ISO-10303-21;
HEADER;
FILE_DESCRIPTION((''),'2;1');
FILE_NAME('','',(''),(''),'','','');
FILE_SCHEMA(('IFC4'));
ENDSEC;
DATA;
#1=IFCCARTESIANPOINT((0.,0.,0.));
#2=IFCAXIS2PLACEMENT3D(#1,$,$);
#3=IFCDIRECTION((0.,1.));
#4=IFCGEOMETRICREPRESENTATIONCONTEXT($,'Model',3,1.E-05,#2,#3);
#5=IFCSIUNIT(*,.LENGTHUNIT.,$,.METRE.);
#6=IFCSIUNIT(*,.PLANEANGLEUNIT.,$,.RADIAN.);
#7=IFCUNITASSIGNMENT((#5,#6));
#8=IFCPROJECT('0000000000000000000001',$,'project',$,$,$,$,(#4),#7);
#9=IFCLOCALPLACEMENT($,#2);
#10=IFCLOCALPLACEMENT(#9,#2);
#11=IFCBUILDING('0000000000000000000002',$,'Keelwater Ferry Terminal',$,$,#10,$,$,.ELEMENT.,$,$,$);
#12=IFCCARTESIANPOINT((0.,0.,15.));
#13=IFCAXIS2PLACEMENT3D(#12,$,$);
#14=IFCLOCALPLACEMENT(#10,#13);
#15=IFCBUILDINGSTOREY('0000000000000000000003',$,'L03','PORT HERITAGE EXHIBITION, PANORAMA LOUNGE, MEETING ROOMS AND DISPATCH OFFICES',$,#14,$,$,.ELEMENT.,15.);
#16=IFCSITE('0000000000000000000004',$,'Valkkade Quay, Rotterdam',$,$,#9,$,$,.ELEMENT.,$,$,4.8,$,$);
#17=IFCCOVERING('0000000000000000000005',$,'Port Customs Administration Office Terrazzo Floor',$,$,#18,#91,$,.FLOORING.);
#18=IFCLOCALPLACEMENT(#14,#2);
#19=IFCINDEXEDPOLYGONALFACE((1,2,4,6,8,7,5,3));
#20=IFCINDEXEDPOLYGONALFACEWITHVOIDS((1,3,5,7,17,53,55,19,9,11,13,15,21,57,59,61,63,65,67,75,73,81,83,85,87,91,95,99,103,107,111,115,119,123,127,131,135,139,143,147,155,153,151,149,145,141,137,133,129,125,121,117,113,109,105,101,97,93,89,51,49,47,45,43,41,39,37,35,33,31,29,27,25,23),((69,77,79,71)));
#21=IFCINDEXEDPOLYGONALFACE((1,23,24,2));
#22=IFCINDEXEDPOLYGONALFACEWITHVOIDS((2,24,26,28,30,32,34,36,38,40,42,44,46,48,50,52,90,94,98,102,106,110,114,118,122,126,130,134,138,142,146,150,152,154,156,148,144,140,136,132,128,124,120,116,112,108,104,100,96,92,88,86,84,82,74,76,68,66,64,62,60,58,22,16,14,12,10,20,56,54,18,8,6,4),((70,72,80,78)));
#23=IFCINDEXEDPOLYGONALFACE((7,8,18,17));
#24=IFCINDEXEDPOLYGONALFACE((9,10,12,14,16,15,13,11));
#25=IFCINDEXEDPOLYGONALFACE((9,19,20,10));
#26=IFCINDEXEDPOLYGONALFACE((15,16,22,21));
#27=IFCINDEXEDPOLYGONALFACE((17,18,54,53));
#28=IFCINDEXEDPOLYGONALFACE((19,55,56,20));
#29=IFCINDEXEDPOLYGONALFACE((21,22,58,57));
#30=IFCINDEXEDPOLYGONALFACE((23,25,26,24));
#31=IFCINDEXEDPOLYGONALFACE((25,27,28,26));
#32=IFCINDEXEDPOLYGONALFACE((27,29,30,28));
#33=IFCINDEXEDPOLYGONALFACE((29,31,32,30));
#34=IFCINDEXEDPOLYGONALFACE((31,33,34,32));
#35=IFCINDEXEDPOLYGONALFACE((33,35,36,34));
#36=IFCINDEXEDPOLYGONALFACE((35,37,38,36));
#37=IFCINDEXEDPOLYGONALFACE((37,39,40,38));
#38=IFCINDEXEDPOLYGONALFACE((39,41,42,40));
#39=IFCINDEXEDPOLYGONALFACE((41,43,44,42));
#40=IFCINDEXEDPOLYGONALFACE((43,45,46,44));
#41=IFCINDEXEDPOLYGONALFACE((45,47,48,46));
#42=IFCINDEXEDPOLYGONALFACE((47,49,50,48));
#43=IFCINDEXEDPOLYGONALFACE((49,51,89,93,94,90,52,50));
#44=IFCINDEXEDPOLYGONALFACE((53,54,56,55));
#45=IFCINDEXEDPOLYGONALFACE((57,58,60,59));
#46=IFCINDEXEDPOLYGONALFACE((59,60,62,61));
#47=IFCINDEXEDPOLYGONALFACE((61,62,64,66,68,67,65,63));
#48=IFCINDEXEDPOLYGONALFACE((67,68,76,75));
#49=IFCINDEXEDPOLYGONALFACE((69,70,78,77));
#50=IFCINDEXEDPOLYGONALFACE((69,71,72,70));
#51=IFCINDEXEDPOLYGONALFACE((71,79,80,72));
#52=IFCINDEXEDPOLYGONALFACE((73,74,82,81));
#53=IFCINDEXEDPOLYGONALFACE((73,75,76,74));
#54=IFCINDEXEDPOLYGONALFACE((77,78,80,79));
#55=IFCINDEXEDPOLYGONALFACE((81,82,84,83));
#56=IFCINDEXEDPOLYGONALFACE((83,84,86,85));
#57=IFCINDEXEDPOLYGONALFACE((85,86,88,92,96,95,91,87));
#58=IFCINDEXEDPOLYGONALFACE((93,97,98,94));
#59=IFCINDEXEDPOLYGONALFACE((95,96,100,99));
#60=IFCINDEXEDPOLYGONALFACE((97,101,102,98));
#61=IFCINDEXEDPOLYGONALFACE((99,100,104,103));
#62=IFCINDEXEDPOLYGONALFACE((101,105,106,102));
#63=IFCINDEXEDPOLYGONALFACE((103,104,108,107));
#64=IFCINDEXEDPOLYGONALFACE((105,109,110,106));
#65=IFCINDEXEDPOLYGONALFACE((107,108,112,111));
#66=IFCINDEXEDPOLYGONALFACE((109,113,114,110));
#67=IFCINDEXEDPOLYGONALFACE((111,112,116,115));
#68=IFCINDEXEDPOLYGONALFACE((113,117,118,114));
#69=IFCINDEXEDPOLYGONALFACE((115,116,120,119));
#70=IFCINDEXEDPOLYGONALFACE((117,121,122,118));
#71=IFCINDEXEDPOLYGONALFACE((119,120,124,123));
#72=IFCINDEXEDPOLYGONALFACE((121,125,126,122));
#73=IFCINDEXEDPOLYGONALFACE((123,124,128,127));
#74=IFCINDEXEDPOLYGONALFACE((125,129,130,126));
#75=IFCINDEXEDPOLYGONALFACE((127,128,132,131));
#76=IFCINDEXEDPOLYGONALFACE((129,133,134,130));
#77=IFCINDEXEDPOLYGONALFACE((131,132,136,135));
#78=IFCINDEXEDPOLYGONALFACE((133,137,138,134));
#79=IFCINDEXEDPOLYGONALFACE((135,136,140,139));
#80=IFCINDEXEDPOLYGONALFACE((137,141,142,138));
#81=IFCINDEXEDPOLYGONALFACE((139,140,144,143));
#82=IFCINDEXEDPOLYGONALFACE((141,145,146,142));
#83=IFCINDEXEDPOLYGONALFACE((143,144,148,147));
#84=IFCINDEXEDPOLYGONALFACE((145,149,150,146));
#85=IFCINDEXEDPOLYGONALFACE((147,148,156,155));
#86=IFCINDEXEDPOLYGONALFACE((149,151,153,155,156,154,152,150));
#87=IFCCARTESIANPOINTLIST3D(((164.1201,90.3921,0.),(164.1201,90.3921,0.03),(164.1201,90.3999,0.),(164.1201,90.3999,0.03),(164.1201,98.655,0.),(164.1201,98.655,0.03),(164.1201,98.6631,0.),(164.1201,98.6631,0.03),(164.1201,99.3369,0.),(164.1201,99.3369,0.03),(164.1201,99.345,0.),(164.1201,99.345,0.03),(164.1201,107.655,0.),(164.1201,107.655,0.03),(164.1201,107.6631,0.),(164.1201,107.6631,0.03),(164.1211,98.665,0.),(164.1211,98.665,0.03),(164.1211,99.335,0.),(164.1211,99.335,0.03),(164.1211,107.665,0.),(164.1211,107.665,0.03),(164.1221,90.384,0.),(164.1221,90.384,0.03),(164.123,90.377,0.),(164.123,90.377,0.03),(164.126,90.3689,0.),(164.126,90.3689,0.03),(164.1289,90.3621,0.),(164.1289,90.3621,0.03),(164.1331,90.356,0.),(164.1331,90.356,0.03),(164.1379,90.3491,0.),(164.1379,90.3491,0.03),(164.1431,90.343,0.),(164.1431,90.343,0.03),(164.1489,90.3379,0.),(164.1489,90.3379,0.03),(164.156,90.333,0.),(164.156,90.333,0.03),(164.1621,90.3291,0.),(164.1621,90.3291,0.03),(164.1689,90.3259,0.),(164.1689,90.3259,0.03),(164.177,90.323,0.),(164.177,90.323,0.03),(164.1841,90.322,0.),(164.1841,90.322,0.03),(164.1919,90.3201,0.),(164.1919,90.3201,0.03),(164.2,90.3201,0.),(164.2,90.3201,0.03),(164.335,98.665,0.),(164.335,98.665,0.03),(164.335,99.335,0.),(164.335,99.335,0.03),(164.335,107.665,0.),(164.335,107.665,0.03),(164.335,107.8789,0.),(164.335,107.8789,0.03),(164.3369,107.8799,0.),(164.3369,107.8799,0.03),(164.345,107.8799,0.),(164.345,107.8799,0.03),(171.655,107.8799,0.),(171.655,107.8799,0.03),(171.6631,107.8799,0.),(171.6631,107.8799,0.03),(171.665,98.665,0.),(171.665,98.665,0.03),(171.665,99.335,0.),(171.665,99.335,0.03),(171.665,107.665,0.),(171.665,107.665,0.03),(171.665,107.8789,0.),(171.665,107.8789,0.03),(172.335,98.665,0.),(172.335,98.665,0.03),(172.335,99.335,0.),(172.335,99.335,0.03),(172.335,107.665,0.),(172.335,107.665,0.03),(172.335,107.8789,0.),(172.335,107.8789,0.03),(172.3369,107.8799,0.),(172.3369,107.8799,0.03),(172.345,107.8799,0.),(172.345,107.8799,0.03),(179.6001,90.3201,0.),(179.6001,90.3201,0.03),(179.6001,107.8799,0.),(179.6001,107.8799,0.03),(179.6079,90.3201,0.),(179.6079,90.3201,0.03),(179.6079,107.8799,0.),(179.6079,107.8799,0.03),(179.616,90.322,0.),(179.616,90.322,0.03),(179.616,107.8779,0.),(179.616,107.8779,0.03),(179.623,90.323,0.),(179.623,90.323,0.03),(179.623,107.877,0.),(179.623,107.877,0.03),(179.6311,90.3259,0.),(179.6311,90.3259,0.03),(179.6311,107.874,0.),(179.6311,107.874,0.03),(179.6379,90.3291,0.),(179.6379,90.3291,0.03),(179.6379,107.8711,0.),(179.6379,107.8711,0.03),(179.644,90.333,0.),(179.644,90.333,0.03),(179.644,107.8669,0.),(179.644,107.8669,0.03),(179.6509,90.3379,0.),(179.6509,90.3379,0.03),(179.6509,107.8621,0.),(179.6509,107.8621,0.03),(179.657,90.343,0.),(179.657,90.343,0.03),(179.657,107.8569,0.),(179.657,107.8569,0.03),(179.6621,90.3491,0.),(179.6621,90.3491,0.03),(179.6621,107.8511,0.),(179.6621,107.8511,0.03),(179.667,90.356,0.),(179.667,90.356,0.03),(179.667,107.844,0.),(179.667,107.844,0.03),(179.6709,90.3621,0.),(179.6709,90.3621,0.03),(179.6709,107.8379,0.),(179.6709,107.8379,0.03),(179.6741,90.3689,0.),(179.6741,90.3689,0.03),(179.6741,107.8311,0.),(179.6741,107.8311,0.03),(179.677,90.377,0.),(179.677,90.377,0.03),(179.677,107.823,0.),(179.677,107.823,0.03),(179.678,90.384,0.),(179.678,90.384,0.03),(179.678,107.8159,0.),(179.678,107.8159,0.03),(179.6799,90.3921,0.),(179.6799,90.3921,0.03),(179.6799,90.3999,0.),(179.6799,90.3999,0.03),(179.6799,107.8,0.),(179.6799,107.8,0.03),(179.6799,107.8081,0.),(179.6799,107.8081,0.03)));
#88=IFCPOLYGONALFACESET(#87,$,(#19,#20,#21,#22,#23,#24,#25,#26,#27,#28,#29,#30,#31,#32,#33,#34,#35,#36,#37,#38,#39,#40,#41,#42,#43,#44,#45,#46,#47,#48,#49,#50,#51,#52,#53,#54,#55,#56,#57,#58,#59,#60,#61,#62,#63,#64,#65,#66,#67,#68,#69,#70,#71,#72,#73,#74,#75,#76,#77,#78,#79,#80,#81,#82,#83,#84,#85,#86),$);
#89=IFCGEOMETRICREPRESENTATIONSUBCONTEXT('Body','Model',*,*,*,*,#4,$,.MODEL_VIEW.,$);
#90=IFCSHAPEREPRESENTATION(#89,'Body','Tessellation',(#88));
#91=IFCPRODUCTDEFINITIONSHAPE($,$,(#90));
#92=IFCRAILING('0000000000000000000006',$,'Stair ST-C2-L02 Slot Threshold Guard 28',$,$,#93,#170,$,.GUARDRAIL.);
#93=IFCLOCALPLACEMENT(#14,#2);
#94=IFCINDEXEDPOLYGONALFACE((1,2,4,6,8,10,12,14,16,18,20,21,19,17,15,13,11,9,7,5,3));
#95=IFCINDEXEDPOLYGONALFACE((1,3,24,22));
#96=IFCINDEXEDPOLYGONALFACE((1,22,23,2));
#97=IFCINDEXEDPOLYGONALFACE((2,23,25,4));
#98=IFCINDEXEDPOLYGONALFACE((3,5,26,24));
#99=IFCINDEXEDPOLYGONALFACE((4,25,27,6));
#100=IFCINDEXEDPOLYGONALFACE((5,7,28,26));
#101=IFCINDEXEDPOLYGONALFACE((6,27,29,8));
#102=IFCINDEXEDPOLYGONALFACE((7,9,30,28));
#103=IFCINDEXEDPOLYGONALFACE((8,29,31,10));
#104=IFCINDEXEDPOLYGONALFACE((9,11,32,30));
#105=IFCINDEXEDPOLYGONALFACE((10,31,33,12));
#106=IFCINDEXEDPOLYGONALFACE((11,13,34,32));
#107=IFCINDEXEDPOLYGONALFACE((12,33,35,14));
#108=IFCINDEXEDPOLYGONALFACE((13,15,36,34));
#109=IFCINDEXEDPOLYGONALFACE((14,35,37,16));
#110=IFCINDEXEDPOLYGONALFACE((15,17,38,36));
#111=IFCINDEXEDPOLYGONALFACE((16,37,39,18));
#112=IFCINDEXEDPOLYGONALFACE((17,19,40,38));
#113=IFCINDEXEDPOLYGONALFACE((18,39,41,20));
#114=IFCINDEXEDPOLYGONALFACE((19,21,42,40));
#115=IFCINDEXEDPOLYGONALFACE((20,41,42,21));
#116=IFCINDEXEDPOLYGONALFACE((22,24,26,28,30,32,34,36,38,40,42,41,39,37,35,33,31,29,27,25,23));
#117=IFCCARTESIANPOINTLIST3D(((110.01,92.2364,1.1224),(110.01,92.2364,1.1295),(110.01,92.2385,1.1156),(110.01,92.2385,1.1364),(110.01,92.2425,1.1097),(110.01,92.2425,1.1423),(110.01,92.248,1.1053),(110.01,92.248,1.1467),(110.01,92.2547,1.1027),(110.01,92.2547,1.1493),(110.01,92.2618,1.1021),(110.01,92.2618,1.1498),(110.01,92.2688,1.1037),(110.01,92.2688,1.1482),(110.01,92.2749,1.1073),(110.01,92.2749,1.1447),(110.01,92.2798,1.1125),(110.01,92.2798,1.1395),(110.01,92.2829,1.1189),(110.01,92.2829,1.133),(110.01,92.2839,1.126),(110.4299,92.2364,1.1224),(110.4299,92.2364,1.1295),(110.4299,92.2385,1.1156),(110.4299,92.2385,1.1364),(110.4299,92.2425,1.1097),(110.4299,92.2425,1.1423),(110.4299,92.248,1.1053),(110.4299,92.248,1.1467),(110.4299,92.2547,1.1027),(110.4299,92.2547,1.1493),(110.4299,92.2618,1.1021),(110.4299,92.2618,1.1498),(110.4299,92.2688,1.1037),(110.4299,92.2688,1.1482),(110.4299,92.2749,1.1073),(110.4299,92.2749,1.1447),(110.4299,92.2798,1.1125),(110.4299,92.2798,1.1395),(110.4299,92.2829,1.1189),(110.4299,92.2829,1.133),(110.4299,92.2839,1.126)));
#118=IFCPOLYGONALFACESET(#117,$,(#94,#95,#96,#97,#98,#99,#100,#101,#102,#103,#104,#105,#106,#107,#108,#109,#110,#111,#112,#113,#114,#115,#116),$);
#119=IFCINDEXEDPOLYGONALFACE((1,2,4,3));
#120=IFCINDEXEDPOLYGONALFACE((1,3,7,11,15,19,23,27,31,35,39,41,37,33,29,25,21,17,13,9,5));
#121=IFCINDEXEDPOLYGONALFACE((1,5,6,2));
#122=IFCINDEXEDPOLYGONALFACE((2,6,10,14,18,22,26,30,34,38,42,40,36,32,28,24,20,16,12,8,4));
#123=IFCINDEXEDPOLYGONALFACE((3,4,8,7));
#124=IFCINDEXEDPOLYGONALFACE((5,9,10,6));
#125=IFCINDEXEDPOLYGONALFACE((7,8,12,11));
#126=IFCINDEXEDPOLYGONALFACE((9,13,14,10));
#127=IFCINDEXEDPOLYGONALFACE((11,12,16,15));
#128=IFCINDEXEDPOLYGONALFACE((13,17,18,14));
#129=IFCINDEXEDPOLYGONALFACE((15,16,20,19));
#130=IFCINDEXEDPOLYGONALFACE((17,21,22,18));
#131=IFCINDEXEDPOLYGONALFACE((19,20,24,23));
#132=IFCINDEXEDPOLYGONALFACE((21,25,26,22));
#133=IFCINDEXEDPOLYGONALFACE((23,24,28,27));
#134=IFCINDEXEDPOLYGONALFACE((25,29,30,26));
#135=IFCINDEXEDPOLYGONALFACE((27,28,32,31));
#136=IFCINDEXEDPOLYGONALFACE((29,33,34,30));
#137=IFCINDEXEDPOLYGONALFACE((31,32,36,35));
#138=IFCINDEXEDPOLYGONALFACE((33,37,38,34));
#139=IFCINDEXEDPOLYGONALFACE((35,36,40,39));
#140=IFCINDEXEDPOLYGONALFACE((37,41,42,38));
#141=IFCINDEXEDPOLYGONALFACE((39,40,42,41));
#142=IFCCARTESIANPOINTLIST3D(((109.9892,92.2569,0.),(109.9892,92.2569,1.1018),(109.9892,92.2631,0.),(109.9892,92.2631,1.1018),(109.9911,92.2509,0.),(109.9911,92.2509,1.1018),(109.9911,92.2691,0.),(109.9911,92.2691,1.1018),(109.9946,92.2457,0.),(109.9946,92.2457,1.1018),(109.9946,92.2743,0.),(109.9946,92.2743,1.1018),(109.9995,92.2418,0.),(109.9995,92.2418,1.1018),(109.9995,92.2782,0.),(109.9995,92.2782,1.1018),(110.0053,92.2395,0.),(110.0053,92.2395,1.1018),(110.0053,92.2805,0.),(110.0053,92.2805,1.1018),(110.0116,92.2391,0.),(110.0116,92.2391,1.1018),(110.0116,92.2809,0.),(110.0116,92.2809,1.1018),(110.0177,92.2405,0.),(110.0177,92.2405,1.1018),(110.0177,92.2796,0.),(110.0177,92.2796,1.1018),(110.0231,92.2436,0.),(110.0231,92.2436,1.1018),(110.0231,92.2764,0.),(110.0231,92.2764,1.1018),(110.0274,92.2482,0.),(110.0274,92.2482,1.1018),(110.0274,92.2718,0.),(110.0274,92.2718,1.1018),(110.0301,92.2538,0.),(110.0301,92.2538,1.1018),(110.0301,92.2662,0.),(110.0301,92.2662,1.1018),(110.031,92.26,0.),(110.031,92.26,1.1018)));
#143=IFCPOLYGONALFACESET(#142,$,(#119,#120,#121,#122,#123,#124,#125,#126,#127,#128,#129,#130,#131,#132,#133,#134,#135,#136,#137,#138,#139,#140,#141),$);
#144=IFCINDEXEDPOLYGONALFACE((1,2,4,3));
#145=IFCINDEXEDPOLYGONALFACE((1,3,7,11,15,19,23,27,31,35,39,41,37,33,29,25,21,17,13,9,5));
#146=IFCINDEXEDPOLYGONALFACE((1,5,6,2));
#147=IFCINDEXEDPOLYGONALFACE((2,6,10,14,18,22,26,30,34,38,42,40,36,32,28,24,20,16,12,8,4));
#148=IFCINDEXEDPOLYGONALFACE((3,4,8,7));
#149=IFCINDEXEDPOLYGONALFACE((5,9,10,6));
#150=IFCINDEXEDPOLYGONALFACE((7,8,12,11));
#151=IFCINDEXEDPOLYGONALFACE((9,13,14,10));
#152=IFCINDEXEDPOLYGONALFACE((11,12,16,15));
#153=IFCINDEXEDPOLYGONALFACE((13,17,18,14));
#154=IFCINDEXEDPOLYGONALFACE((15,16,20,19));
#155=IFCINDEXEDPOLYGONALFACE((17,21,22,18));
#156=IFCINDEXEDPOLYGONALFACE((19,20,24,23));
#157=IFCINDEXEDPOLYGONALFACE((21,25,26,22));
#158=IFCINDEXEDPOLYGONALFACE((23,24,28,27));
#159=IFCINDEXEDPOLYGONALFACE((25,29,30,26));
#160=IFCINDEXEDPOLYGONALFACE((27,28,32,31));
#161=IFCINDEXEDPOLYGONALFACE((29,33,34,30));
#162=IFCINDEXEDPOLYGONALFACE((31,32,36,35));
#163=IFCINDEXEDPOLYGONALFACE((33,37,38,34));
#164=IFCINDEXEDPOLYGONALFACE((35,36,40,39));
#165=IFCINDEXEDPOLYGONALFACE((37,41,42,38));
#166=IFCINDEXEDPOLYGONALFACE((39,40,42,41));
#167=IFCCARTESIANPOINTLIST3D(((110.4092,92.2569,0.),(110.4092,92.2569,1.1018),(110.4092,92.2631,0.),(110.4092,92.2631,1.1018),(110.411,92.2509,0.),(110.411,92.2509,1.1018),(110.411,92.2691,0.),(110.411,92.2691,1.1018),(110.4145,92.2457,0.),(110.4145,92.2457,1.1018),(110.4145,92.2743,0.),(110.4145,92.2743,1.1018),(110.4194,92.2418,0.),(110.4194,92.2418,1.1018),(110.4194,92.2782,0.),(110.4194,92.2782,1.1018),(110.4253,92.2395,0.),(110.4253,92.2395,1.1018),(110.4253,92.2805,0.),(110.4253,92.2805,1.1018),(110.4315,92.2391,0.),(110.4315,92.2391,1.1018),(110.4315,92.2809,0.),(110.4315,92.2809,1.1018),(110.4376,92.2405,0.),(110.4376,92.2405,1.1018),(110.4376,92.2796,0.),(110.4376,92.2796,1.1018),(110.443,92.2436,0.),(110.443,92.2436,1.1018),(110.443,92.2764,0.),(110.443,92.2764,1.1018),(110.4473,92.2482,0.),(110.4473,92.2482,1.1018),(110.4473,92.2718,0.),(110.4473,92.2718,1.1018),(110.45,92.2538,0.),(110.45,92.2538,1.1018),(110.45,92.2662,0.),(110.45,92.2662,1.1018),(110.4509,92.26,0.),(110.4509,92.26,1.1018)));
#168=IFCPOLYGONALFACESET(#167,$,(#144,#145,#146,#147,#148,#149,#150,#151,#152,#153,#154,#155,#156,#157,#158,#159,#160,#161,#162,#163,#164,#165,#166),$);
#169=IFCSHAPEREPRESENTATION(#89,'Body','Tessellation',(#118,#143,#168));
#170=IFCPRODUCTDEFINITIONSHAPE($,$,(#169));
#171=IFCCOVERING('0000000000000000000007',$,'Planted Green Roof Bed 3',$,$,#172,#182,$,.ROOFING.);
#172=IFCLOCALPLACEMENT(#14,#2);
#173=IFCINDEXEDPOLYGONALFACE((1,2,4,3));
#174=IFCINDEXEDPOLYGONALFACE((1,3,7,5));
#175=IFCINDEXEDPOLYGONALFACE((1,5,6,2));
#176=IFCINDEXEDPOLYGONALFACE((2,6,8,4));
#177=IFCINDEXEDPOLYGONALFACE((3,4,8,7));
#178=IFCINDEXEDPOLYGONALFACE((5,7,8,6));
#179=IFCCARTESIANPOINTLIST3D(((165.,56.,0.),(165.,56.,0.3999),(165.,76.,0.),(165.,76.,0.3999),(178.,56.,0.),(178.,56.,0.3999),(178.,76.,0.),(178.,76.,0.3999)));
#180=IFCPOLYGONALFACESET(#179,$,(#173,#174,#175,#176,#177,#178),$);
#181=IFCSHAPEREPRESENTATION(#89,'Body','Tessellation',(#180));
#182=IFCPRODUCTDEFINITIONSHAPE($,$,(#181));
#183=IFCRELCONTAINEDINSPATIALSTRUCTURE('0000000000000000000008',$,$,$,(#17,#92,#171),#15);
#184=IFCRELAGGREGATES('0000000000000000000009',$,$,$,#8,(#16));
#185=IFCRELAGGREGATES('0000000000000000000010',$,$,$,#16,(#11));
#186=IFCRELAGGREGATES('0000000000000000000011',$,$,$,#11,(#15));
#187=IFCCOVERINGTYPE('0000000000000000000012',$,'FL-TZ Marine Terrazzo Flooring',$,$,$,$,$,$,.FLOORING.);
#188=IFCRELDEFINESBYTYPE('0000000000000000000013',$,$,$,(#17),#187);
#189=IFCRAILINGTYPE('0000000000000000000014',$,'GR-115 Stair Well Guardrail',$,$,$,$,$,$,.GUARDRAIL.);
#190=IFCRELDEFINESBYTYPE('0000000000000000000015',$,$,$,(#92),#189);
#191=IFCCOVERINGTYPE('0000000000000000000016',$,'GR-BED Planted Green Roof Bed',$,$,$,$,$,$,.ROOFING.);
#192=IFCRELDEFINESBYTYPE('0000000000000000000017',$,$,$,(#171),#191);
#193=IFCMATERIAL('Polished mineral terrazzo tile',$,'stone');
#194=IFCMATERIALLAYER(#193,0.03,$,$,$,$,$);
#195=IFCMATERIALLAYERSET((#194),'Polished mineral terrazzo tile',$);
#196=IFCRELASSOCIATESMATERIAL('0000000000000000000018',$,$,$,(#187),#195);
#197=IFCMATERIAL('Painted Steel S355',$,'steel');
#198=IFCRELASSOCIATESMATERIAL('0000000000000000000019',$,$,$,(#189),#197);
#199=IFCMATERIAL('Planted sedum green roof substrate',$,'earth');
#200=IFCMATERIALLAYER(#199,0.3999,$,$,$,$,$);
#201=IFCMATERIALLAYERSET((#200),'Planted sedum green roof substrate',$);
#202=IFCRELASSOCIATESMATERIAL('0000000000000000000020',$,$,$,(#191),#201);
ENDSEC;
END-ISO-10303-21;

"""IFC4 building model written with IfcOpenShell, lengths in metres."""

from ifc_helpers import new_model, si_unit, direction, frame, origin, origin_2d, place, context, subcontext, project, spatial, polyline, circle, outline, extrude, material, layer, layer_set, type_object, element, save


model = new_model("IFC4")

# Units and contexts
model_context = context("Model", 3, precision=1e-05, world=origin(), true_north=direction((0.0, 1.0)))
body_context = subcontext(model_context, "Body", "Model", "MODEL_VIEW")
ifc_project = project(units=[si_unit("LENGTHUNIT", "METRE"), si_unit("PLANEANGLEUNIT", "RADIAN")], contexts=[model_context])

# Site, building, storey
site_placement = place(None, origin())
site = spatial("IfcSite", under=ifc_project, at=site_placement, Name="Valkkade Quay, Rotterdam", CompositionType="ELEMENT", RefElevation=4.8)
building_placement = place(site_placement, origin())
building = spatial("IfcBuilding", under=site, at=building_placement, Name="Keelwater Ferry Terminal", CompositionType="ELEMENT")
storey_placement = place(building_placement, frame((0.0, 0.0, 15.0)))
storey = spatial("IfcBuildingStorey", under=building, at=storey_placement, Name="L03", Description="PORT HERITAGE EXHIBITION, PANORAMA LOUNGE, MEETING ROOMS AND DISPATCH OFFICES", CompositionType="ELEMENT", Elevation=15.0)

# Covering
ifc_material_1 = material(Name="Polished mineral terrazzo tile", Category="stone")
ifc_layer_1 = layer(ifc_material_1, 0.03)
ifc_layer_set_1 = layer_set([ifc_layer_1], Name="Polished mineral terrazzo tile")
covering_type_1 = type_object("IfcCoveringType", Name="FL-TZ Marine Terrazzo Flooring", PredefinedType="FLOORING", material=ifc_layer_set_1)
covering_1_placement = place(storey_placement, origin())
element("IfcCovering", 1, at=covering_1_placement, inside=storey, type_object=covering_type_1, Name="Port Customs Administration Office Terrazzo Floor", PredefinedType="FLOORING", context=body_context, shape_type="SweptSolid", body=[
    extrude(outline(polyline([(171.665, 107.8789), (171.665, 107.665), (172.335, 107.665), (172.335, 107.8789), (172.3369, 107.8799), (172.345, 107.8799), (179.6001, 107.8799), (179.6079, 107.8799), (179.616, 107.8779), (179.623, 107.877), (179.6311, 107.874), (179.6379, 107.8711), (179.644, 107.8669), (179.6509, 107.8621), (179.657, 107.8569), (179.6621, 107.8511), (179.667, 107.844), (179.6709, 107.8379), (179.6741, 107.8311), (179.677, 107.823), (179.678, 107.8159), (179.6799, 107.8081), (179.6799, 107.8), (179.6799, 90.3999), (179.6799, 90.3921), (179.678, 90.384), (179.677, 90.377), (179.6741, 90.3689), (179.6709, 90.3621), (179.667, 90.356), (179.6621, 90.3491), (179.657, 90.343), (179.6509, 90.3379), (179.644, 90.333), (179.6379, 90.3291), (179.6311, 90.3259), (179.623, 90.323), (179.616, 90.322), (179.6079, 90.3201), (179.6001, 90.3201), (164.2, 90.3201), (164.1919, 90.3201), (164.1841, 90.322), (164.177, 90.323), (164.1689, 90.3259), (164.1621, 90.3291), (164.156, 90.333), (164.1489, 90.3379), (164.1431, 90.343), (164.1379, 90.3491), (164.1331, 90.356), (164.1289, 90.3621), (164.126, 90.3689), (164.123, 90.377), (164.1221, 90.384), (164.1201, 90.3921), (164.1201, 90.3999), (164.1201, 98.655), (164.1201, 98.6631), (164.1211, 98.665), (164.335, 98.665), (164.335, 99.335), (164.1211, 99.335), (164.1201, 99.3369), (164.1201, 99.345), (164.1201, 107.655), (164.1201, 107.6631), (164.1211, 107.665), (164.335, 107.665), (164.335, 107.8789), (164.3369, 107.8799), (164.345, 107.8799), (171.655, 107.8799), (171.6631, 107.8799), (171.665, 107.8789)]), holes=[polyline([(171.665, 98.665), (172.335, 98.665), (172.335, 99.335), (171.665, 99.335), (171.665, 98.665)])]), origin(), (0.0, 0.0, 1.0), 0.03),
])

# Railing
ifc_material_2 = material(Name="Painted Steel S355", Category="steel")
railing_type_1 = type_object("IfcRailingType", Name="GR-115 Stair Well Guardrail", PredefinedType="GUARDRAIL", material=ifc_material_2)
railing_1_placement = place(storey_placement, frame((110.01, 92.26, 0.0)))
element("IfcRailing", 2, at=railing_1_placement, inside=storey, type_object=railing_type_1, Name="Stair ST-C2-L02 Slot Threshold Guard 28", PredefinedType="GUARDRAIL", context=body_context, shape_type="SweptSolid", body=[
    extrude(circle(Radius=0.0239, at=origin_2d()), frame((0.0, 0.0, 1.126), z_axis=(1.0, 0.0, 0.0), x_axis=(0.0, 1.0, 0.0)), (0.0, 0.0, 1.0), 0.4199),
    extrude(circle(Radius=0.021, at=origin_2d()), origin(), (0.0, 0.0, 1.0), 1.1018),
    extrude(circle(Radius=0.021, at=origin_2d()), frame((0.4199, 0.0, 0.0)), (0.0, 0.0, 1.0), 1.1018),
])

# Covering
ifc_material_3 = material(Name="Planted sedum green roof substrate", Category="earth")
ifc_layer_2 = layer(ifc_material_3, 0.3999)
ifc_layer_set_2 = layer_set([ifc_layer_2], Name="Planted sedum green roof substrate")
covering_type_2 = type_object("IfcCoveringType", Name="GR-BED Planted Green Roof Bed", PredefinedType="ROOFING", material=ifc_layer_set_2)
covering_2_placement = place(storey_placement, origin())
element("IfcCovering", 3, at=covering_2_placement, inside=storey, type_object=covering_type_2, Name="Planted Green Roof Bed 3", PredefinedType="ROOFING", context=body_context, shape_type="SweptSolid", body=[
    extrude(outline(polyline([(165.0, 56.0), (178.0, 56.0), (178.0, 76.0), (165.0, 76.0), (165.0, 56.0)])), origin(), (0.0, 0.0, 1.0), 0.3999),
])

save(model, "model.ifc")
